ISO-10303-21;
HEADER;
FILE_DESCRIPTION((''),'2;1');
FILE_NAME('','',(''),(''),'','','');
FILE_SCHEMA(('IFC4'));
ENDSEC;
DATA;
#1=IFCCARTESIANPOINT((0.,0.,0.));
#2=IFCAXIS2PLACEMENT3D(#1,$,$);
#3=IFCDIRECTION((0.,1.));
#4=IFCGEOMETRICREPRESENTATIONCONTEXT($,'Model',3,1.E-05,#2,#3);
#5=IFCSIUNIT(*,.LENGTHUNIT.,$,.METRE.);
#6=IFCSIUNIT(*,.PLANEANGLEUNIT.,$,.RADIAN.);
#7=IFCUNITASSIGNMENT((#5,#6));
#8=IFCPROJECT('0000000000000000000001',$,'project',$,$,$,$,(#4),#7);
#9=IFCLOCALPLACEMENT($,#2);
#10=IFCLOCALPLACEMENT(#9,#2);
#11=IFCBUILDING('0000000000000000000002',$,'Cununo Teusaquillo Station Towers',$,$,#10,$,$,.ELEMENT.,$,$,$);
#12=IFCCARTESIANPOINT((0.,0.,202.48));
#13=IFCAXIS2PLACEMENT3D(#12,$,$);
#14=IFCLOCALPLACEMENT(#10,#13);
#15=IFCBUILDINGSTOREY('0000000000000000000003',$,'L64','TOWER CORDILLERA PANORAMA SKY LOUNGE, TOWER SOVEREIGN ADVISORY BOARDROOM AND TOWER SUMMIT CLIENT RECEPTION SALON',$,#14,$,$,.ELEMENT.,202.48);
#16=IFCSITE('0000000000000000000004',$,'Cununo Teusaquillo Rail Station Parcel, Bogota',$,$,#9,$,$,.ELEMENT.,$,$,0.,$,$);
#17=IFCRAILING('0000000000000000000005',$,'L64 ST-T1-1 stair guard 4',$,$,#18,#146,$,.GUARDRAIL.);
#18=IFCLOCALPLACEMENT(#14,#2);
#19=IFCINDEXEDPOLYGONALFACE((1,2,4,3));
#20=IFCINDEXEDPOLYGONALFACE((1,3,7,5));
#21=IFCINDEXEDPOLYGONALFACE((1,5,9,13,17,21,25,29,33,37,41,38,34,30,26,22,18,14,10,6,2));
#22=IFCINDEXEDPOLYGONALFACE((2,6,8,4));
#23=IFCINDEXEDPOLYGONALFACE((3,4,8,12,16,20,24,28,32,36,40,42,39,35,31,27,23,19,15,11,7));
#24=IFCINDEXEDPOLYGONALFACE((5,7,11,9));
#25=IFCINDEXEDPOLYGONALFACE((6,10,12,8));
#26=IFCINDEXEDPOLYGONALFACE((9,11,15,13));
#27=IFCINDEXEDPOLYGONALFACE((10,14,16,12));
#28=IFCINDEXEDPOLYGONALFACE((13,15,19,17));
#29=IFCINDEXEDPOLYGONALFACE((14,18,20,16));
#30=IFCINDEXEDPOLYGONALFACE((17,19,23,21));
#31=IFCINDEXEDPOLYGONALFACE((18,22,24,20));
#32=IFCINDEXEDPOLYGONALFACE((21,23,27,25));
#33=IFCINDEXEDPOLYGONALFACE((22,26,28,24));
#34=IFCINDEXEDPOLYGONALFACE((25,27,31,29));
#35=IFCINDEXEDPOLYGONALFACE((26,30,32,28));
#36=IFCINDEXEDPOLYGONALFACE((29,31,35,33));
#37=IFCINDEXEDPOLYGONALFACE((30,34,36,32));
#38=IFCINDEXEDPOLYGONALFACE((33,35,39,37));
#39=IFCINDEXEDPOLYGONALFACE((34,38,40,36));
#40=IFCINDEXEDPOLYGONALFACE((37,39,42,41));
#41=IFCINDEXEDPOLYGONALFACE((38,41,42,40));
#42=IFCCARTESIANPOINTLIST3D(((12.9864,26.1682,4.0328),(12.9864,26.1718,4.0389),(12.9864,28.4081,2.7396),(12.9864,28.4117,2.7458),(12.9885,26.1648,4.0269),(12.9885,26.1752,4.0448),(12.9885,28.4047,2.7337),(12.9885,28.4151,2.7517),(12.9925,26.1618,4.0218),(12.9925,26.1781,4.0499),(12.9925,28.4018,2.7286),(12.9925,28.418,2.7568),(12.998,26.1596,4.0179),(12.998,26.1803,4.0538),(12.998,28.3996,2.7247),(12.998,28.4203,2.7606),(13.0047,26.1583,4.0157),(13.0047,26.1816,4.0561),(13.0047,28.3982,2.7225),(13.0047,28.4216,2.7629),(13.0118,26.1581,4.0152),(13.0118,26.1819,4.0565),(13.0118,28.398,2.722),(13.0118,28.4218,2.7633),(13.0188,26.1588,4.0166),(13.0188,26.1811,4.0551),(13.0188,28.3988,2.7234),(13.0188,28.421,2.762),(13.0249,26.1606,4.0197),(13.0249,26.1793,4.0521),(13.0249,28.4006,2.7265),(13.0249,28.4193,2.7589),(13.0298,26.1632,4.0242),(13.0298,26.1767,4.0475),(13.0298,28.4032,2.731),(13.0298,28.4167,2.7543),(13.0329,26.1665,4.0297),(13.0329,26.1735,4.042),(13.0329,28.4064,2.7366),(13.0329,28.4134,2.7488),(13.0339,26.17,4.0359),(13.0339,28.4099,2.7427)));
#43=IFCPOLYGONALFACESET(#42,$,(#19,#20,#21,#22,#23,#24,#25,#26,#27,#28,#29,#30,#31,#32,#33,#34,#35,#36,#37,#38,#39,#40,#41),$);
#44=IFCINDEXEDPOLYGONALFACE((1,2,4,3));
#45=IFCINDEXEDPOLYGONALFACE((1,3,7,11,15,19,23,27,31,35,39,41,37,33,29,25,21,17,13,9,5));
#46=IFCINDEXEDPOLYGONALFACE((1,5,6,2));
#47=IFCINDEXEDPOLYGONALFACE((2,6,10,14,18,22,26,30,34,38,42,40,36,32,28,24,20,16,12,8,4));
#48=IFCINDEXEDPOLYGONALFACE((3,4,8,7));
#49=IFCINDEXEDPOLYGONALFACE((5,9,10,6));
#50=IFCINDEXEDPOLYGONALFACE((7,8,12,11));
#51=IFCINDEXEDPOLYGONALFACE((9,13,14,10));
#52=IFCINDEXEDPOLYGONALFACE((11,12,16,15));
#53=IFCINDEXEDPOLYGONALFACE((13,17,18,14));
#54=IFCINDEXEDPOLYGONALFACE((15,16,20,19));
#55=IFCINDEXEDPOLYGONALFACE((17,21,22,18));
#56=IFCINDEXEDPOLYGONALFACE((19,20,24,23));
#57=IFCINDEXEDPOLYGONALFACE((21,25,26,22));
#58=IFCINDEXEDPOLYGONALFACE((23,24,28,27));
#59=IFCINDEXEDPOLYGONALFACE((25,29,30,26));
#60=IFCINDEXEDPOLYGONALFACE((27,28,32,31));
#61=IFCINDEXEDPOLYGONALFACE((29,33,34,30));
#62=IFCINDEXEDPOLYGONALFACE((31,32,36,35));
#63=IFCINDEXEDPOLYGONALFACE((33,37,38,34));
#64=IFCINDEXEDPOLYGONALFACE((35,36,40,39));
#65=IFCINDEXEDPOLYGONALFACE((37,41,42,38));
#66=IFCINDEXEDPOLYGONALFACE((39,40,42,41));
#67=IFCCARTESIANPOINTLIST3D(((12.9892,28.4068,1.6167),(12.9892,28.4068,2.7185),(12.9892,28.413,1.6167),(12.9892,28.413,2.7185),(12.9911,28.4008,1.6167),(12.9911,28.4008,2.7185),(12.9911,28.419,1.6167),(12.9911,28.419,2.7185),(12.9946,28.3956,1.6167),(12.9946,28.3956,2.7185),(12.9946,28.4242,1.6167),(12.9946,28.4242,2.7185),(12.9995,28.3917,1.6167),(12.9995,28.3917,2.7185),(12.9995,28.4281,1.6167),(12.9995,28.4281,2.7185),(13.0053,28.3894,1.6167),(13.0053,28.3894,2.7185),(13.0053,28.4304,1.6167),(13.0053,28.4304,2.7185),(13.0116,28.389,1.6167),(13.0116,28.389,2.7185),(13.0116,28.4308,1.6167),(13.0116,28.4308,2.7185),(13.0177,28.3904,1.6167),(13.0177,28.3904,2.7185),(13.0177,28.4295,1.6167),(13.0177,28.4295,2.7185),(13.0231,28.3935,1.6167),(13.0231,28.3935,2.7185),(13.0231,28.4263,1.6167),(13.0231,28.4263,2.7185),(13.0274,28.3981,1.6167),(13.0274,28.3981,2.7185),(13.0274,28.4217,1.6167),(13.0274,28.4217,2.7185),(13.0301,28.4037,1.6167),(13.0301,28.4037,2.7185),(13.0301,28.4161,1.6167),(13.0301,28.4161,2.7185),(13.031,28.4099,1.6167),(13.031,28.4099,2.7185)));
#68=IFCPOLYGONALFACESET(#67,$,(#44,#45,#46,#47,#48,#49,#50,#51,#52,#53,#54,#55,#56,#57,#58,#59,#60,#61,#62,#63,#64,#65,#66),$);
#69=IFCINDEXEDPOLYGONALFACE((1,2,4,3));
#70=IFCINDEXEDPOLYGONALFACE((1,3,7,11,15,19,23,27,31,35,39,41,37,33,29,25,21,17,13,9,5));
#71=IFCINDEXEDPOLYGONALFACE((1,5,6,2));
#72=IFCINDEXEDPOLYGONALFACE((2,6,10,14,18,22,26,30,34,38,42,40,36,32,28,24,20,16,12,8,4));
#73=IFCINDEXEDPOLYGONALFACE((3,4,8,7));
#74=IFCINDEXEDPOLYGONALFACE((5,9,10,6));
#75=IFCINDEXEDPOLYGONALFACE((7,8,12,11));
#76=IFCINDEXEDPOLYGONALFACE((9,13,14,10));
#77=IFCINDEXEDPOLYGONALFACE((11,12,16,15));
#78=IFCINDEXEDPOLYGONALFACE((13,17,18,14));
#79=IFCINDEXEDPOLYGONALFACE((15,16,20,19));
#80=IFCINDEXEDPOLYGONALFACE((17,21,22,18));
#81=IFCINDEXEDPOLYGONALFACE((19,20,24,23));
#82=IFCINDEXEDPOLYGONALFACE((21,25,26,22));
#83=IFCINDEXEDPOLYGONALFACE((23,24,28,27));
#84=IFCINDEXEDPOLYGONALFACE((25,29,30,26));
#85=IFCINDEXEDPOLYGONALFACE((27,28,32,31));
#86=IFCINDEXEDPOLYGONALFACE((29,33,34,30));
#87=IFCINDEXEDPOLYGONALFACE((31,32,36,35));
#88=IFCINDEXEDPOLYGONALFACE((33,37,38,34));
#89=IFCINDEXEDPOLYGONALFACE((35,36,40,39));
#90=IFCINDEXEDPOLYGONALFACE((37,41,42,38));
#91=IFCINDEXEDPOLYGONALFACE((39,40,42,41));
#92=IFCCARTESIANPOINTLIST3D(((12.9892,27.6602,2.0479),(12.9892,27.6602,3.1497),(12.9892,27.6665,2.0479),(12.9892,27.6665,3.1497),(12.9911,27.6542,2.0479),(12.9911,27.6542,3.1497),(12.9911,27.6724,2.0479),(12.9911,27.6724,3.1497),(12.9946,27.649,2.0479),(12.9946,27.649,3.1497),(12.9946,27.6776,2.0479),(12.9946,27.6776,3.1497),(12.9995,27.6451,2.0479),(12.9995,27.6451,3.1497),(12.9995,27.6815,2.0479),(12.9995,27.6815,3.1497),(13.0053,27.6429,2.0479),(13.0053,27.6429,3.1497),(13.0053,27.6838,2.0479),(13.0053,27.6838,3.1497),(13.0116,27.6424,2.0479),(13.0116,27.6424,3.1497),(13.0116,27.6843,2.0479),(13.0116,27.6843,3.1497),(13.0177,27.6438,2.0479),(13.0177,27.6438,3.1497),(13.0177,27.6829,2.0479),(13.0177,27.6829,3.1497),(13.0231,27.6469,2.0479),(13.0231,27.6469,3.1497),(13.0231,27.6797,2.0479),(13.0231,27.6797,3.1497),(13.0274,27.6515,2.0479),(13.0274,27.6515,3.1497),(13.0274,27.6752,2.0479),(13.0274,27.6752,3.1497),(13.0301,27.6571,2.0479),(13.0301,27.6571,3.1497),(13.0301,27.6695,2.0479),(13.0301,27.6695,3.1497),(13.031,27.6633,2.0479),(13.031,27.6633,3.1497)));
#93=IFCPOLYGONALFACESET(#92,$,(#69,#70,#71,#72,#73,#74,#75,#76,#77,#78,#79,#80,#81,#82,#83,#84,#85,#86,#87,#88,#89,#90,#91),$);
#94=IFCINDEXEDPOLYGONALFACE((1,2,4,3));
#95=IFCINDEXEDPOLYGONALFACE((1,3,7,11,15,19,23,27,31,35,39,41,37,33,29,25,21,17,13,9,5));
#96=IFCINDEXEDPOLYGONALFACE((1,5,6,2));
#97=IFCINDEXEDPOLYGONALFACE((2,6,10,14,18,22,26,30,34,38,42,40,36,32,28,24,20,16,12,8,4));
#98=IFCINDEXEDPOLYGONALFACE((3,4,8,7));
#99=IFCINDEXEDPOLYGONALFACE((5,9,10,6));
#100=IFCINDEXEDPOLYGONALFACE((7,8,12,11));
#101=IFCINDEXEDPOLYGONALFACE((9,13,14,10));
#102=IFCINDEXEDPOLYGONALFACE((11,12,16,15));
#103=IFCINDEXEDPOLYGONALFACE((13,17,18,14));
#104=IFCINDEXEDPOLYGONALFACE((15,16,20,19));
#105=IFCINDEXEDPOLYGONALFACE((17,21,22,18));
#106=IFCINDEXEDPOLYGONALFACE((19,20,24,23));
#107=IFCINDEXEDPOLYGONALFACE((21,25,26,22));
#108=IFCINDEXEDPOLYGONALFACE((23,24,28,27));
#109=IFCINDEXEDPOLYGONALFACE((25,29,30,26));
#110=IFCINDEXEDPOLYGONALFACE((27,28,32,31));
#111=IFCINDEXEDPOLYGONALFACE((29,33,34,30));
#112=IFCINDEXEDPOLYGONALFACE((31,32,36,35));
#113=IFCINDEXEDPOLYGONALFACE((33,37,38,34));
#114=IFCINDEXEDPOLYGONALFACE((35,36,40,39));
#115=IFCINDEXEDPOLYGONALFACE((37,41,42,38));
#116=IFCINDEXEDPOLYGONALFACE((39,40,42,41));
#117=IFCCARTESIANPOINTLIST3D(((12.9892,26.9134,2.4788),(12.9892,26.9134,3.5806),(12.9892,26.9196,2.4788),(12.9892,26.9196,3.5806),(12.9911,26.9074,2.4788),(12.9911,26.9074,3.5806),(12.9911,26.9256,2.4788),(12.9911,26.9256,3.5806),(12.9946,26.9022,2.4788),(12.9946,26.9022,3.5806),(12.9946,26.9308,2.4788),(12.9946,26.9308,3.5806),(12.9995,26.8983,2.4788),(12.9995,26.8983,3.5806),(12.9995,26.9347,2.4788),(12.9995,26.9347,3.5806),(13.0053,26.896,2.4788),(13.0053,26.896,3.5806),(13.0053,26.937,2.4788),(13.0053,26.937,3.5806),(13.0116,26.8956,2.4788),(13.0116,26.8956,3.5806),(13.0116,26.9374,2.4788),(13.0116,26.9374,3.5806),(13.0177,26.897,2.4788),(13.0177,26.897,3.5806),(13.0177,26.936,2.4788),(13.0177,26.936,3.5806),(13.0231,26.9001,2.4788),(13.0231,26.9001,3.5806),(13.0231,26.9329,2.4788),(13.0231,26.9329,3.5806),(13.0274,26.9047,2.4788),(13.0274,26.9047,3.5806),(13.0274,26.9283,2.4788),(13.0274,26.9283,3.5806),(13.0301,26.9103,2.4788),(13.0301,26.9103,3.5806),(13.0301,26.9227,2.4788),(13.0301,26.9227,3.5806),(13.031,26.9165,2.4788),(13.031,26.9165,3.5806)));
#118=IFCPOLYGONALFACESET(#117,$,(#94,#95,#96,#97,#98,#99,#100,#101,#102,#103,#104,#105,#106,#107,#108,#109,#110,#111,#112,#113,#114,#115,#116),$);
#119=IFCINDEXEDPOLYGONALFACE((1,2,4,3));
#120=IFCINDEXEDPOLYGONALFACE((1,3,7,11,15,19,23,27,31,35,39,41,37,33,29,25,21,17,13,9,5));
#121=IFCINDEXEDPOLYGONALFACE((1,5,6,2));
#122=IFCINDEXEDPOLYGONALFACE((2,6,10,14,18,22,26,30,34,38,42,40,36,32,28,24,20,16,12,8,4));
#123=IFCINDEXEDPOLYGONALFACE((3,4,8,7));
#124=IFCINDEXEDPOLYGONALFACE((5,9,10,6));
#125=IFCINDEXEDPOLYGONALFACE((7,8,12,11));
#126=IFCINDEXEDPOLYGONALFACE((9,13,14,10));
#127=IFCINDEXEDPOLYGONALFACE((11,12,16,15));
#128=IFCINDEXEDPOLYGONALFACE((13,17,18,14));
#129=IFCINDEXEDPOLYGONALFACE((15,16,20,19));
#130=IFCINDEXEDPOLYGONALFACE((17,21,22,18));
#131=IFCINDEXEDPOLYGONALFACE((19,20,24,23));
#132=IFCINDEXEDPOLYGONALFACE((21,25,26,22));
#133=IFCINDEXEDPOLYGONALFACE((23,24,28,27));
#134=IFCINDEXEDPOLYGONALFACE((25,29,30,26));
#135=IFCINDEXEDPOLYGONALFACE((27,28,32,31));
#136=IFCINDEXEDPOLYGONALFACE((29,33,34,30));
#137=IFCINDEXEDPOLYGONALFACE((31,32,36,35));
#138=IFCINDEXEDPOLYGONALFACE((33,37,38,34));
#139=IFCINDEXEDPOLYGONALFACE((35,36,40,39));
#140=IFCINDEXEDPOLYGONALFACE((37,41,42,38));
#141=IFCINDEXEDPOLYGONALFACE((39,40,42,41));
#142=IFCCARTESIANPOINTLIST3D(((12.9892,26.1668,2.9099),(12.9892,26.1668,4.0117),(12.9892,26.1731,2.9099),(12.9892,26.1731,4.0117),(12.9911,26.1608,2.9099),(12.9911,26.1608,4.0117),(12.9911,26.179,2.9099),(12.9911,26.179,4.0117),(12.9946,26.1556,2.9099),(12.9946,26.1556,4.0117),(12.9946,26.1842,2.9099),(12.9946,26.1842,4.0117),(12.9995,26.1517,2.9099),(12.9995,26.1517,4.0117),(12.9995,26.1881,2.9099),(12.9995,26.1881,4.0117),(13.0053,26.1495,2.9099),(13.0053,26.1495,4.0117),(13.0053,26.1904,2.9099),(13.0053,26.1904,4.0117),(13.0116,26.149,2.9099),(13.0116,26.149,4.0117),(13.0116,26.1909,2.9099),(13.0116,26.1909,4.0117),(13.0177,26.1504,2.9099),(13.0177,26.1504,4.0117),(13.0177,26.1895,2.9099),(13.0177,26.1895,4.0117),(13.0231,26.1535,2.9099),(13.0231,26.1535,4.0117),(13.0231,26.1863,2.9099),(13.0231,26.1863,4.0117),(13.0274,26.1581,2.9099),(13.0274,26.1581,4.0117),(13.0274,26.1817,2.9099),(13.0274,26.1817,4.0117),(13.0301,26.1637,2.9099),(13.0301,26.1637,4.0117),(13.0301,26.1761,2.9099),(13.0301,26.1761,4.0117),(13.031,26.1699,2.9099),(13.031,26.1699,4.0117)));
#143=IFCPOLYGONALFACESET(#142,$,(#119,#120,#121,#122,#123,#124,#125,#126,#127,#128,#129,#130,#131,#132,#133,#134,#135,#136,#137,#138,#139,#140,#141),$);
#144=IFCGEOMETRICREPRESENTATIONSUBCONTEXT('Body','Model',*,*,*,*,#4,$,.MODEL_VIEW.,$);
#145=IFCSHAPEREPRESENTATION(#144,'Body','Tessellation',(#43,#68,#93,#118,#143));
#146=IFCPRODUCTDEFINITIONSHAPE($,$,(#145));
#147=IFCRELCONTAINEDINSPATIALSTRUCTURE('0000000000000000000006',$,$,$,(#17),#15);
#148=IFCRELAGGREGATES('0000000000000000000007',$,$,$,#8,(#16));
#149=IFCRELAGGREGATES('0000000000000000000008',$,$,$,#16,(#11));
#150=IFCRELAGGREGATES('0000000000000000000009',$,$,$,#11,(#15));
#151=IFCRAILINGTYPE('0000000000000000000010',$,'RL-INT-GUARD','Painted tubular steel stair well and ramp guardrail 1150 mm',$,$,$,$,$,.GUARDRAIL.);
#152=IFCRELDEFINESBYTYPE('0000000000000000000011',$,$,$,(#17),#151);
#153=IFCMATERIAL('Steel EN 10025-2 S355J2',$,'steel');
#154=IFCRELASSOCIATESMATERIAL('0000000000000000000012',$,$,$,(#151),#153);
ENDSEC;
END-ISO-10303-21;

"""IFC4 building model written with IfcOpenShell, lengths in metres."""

from ifc_helpers import new_model, si_unit, direction, frame, origin, origin_2d, place, context, subcontext, project, spatial, circle, extrude, material, type_object, element, save


model = new_model("IFC4")

# Units and contexts
model_context = context("Model", 3, precision=1e-05, world=origin(), true_north=direction((0.0, 1.0)))
body_context = subcontext(model_context, "Body", "Model", "MODEL_VIEW")
ifc_project = project(units=[si_unit("LENGTHUNIT", "METRE"), si_unit("PLANEANGLEUNIT", "RADIAN")], contexts=[model_context])

# Site, building, storey
site_placement = place(None, origin())
site = spatial("IfcSite", under=ifc_project, at=site_placement, Name="Cununo Teusaquillo Rail Station Parcel, Bogota", CompositionType="ELEMENT", RefElevation=0.0)
building_placement = place(site_placement, origin())
building = spatial("IfcBuilding", under=site, at=building_placement, Name="Cununo Teusaquillo Station Towers", CompositionType="ELEMENT")
storey_placement = place(building_placement, frame((0.0, 0.0, 202.48)))
storey = spatial("IfcBuildingStorey", under=building, at=storey_placement, Name="L64", Description="TOWER CORDILLERA PANORAMA SKY LOUNGE, TOWER SOVEREIGN ADVISORY BOARDROOM AND TOWER SUMMIT CLIENT RECEPTION SALON", CompositionType="ELEMENT", Elevation=202.48)

# Railing
ifc_material_1 = material(Name="Steel EN 10025-2 S355J2", Category="steel")
railing_type_1 = type_object("IfcRailingType", Name="RL-INT-GUARD", Description="Painted tubular steel stair well and ramp guardrail 1150 mm", PredefinedType="GUARDRAIL", material=ifc_material_1)
railing_1_placement = place(storey_placement, frame((13.01, 28.4099, 1.6167)))
element("IfcRailing", 1, at=railing_1_placement, inside=storey, type_object=railing_type_1, Name="L64 ST-T1-1 stair guard 4", PredefinedType="GUARDRAIL", context=body_context, shape_type="SweptSolid", body=[
    extrude(circle(Radius=0.0239, at=origin_2d()), frame((0.0, 0.0, 1.126), z_axis=(0.0, -0.866033, 0.499987), x_axis=(1.0, 0.0, 0.0)), (0.0, 0.0, 1.0), 2.5864),
    extrude(circle(Radius=0.021, at=origin_2d()), origin(), (0.0, 0.0, 1.0), 1.1018),
    extrude(circle(Radius=0.021, at=origin_2d()), frame((0.0, -0.7466, 0.4312)), (0.0, 0.0, 1.0), 1.1018),
    extrude(circle(Radius=0.021, at=origin_2d()), frame((0.0, -1.4934, 0.8621)), (0.0, 0.0, 1.0), 1.1018),
    extrude(circle(Radius=0.021, at=origin_2d()), frame((0.0, -2.24, 1.2932)), (0.0, 0.0, 1.0), 1.1018),
])

save(model, "model.ifc")
